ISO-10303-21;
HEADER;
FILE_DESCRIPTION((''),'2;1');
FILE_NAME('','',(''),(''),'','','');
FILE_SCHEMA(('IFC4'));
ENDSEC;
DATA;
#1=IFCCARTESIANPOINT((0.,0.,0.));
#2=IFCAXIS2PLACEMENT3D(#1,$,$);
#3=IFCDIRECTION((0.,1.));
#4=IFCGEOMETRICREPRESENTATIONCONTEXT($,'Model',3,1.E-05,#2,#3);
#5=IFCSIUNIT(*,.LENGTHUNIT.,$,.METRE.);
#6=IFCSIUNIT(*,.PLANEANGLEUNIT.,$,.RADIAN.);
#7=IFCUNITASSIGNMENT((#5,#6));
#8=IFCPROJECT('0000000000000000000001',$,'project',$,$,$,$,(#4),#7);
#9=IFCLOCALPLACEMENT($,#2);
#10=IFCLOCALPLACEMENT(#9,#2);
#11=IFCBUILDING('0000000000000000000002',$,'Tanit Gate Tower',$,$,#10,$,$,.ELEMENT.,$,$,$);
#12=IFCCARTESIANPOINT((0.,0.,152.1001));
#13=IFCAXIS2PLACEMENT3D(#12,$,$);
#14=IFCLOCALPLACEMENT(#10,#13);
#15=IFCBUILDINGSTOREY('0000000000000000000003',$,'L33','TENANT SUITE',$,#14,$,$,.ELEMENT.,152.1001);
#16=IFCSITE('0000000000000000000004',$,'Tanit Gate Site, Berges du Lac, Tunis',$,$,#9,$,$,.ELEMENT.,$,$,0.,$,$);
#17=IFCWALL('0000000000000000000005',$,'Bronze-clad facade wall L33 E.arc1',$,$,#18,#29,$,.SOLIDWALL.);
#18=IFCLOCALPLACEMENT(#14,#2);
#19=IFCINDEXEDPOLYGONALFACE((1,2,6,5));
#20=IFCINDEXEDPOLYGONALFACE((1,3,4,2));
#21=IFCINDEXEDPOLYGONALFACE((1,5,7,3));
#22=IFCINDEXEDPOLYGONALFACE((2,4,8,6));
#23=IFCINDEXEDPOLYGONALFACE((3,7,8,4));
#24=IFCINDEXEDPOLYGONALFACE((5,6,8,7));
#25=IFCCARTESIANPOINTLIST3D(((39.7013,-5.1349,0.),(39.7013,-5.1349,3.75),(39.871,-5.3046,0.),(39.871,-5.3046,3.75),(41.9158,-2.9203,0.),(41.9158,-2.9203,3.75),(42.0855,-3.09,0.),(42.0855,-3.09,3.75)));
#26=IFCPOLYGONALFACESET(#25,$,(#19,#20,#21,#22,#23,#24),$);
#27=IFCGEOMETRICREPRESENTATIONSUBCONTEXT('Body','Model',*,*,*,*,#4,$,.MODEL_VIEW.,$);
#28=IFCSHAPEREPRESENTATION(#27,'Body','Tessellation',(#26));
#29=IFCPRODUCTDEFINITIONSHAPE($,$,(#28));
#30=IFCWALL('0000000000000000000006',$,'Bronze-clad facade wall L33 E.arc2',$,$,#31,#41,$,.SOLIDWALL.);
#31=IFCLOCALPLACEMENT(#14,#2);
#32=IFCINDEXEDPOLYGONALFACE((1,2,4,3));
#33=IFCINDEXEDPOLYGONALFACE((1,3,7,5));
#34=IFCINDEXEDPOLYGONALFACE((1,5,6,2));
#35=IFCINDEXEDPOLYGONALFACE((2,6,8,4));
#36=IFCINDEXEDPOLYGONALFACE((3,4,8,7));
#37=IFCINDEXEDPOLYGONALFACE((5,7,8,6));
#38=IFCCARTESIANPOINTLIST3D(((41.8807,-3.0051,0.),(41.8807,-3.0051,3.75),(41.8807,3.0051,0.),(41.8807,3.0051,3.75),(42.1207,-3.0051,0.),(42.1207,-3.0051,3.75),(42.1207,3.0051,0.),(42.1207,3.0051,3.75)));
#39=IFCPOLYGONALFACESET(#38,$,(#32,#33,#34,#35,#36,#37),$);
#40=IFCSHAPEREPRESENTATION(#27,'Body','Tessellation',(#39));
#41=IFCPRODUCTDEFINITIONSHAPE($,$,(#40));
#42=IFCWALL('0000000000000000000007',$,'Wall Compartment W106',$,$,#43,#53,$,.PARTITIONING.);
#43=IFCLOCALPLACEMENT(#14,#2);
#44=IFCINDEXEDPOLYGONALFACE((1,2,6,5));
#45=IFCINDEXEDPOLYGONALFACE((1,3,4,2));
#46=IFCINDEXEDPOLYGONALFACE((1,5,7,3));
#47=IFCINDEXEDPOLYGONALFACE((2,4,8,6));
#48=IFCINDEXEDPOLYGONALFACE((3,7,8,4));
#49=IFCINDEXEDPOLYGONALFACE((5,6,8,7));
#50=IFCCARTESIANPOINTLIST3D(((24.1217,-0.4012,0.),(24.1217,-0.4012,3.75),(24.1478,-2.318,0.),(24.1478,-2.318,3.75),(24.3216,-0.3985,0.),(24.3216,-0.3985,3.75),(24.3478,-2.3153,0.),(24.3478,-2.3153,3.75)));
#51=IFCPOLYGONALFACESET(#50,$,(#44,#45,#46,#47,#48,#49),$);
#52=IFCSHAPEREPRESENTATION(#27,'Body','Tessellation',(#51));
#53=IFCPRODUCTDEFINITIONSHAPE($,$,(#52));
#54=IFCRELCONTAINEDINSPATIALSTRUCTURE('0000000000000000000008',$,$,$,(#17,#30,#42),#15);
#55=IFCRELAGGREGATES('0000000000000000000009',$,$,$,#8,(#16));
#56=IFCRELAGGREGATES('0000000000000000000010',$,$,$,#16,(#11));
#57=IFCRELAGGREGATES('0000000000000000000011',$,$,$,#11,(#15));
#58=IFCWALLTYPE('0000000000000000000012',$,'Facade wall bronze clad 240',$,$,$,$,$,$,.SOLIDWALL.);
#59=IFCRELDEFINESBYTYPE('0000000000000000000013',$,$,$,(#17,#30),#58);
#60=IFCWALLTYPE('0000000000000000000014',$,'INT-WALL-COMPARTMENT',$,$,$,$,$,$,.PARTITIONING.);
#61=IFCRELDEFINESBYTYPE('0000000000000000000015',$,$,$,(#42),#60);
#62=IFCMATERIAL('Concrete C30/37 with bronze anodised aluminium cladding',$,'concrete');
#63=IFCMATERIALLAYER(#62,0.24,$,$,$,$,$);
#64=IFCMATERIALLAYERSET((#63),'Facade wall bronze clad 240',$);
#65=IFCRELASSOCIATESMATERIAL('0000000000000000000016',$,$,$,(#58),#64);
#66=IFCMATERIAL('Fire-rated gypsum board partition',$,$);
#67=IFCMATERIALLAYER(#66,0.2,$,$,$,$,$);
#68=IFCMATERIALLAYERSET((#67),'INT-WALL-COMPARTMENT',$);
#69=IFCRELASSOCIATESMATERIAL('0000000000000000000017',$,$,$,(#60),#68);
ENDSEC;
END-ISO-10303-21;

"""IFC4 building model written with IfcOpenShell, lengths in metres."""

from ifc_helpers import new_model, si_unit, direction, frame, frame_2d, origin, place, context, subcontext, project, spatial, rectangle, extrude, material, layer, layer_set, type_object, element, save


model = new_model("IFC4")

# Units and contexts
model_context = context("Model", 3, precision=1e-05, world=origin(), true_north=direction((0.0, 1.0)))
body_context = subcontext(model_context, "Body", "Model", "MODEL_VIEW")
ifc_project = project(units=[si_unit("LENGTHUNIT", "METRE"), si_unit("PLANEANGLEUNIT", "RADIAN")], contexts=[model_context])

# Site, building, storey
site_placement = place(None, origin())
site = spatial("IfcSite", under=ifc_project, at=site_placement, Name="Tanit Gate Site, Berges du Lac, Tunis", CompositionType="ELEMENT", RefElevation=0.0)
building_placement = place(site_placement, origin())
building = spatial("IfcBuilding", under=site, at=building_placement, Name="Tanit Gate Tower", CompositionType="ELEMENT")
storey_placement = place(building_placement, frame((0.0, 0.0, 152.1001)))
storey = spatial("IfcBuildingStorey", under=building, at=storey_placement, Name="L33", Description="TENANT SUITE", CompositionType="ELEMENT", Elevation=152.1001)

# Walls
ifc_material_1 = material(Name="Concrete C30/37 with bronze anodised aluminium cladding", Category="concrete")
ifc_layer_1 = layer(ifc_material_1, 0.24)
ifc_layer_set_1 = layer_set([ifc_layer_1], Name="Facade wall bronze clad 240")
wall_type_1 = type_object("IfcWallType", Name="Facade wall bronze clad 240", PredefinedType="SOLIDWALL", material=ifc_layer_set_1)
wall_1_placement = place(storey_placement, frame((39.7861, -5.2197, 0.0), z_axis=(0.0, 0.0, 1.0), x_axis=(0.707107, 0.707107, 0.0)))
element("IfcWall", 1, at=wall_1_placement, inside=storey, type_object=wall_type_1, Name="Bronze-clad facade wall L33 E.arc1", PredefinedType="SOLIDWALL", context=body_context, shape_type="SweptSolid", body=[
    extrude(rectangle(XDim=3.1318, YDim=0.24, at=frame_2d((1.5659, 0.0))), origin(), (0.0, 0.0, 1.0), 3.75),
])
wall_2_placement = place(storey_placement, frame((42.0007, -3.0051, 0.0), z_axis=(0.0, 0.0, 1.0), x_axis=(0.0, 1.0, 0.0)))
element("IfcWall", 2, at=wall_2_placement, inside=storey, type_object=wall_type_1, Name="Bronze-clad facade wall L33 E.arc2", PredefinedType="SOLIDWALL", context=body_context, shape_type="SweptSolid", body=[
    extrude(rectangle(XDim=6.0103, YDim=0.24, at=frame_2d((3.0051, 0.0))), origin(), (0.0, 0.0, 1.0), 3.75),
])
ifc_material_2 = material(Name="Fire-rated gypsum board partition")
ifc_layer_2 = layer(ifc_material_2, 0.2)
ifc_layer_set_2 = layer_set([ifc_layer_2], Name="INT-WALL-COMPARTMENT")
wall_type_2 = type_object("IfcWallType", Name="INT-WALL-COMPARTMENT", PredefinedType="PARTITIONING", material=ifc_layer_set_2)
wall_3_placement = place(storey_placement, frame((24.2478, -2.3167, 0.0), z_axis=(0.0, 0.0, 1.0), x_axis=(-0.013628, 0.999907, 0.0)))
element("IfcWall", 3, at=wall_3_placement, inside=storey, type_object=wall_type_2, Name="Wall Compartment W106", PredefinedType="PARTITIONING", context=body_context, shape_type="SweptSolid", body=[
    extrude(rectangle(XDim=1.917, YDim=0.2, at=frame_2d((0.9585, 0.0))), origin(), (0.0, 0.0, 1.0), 3.75),
])

save(model, "model.ifc")
